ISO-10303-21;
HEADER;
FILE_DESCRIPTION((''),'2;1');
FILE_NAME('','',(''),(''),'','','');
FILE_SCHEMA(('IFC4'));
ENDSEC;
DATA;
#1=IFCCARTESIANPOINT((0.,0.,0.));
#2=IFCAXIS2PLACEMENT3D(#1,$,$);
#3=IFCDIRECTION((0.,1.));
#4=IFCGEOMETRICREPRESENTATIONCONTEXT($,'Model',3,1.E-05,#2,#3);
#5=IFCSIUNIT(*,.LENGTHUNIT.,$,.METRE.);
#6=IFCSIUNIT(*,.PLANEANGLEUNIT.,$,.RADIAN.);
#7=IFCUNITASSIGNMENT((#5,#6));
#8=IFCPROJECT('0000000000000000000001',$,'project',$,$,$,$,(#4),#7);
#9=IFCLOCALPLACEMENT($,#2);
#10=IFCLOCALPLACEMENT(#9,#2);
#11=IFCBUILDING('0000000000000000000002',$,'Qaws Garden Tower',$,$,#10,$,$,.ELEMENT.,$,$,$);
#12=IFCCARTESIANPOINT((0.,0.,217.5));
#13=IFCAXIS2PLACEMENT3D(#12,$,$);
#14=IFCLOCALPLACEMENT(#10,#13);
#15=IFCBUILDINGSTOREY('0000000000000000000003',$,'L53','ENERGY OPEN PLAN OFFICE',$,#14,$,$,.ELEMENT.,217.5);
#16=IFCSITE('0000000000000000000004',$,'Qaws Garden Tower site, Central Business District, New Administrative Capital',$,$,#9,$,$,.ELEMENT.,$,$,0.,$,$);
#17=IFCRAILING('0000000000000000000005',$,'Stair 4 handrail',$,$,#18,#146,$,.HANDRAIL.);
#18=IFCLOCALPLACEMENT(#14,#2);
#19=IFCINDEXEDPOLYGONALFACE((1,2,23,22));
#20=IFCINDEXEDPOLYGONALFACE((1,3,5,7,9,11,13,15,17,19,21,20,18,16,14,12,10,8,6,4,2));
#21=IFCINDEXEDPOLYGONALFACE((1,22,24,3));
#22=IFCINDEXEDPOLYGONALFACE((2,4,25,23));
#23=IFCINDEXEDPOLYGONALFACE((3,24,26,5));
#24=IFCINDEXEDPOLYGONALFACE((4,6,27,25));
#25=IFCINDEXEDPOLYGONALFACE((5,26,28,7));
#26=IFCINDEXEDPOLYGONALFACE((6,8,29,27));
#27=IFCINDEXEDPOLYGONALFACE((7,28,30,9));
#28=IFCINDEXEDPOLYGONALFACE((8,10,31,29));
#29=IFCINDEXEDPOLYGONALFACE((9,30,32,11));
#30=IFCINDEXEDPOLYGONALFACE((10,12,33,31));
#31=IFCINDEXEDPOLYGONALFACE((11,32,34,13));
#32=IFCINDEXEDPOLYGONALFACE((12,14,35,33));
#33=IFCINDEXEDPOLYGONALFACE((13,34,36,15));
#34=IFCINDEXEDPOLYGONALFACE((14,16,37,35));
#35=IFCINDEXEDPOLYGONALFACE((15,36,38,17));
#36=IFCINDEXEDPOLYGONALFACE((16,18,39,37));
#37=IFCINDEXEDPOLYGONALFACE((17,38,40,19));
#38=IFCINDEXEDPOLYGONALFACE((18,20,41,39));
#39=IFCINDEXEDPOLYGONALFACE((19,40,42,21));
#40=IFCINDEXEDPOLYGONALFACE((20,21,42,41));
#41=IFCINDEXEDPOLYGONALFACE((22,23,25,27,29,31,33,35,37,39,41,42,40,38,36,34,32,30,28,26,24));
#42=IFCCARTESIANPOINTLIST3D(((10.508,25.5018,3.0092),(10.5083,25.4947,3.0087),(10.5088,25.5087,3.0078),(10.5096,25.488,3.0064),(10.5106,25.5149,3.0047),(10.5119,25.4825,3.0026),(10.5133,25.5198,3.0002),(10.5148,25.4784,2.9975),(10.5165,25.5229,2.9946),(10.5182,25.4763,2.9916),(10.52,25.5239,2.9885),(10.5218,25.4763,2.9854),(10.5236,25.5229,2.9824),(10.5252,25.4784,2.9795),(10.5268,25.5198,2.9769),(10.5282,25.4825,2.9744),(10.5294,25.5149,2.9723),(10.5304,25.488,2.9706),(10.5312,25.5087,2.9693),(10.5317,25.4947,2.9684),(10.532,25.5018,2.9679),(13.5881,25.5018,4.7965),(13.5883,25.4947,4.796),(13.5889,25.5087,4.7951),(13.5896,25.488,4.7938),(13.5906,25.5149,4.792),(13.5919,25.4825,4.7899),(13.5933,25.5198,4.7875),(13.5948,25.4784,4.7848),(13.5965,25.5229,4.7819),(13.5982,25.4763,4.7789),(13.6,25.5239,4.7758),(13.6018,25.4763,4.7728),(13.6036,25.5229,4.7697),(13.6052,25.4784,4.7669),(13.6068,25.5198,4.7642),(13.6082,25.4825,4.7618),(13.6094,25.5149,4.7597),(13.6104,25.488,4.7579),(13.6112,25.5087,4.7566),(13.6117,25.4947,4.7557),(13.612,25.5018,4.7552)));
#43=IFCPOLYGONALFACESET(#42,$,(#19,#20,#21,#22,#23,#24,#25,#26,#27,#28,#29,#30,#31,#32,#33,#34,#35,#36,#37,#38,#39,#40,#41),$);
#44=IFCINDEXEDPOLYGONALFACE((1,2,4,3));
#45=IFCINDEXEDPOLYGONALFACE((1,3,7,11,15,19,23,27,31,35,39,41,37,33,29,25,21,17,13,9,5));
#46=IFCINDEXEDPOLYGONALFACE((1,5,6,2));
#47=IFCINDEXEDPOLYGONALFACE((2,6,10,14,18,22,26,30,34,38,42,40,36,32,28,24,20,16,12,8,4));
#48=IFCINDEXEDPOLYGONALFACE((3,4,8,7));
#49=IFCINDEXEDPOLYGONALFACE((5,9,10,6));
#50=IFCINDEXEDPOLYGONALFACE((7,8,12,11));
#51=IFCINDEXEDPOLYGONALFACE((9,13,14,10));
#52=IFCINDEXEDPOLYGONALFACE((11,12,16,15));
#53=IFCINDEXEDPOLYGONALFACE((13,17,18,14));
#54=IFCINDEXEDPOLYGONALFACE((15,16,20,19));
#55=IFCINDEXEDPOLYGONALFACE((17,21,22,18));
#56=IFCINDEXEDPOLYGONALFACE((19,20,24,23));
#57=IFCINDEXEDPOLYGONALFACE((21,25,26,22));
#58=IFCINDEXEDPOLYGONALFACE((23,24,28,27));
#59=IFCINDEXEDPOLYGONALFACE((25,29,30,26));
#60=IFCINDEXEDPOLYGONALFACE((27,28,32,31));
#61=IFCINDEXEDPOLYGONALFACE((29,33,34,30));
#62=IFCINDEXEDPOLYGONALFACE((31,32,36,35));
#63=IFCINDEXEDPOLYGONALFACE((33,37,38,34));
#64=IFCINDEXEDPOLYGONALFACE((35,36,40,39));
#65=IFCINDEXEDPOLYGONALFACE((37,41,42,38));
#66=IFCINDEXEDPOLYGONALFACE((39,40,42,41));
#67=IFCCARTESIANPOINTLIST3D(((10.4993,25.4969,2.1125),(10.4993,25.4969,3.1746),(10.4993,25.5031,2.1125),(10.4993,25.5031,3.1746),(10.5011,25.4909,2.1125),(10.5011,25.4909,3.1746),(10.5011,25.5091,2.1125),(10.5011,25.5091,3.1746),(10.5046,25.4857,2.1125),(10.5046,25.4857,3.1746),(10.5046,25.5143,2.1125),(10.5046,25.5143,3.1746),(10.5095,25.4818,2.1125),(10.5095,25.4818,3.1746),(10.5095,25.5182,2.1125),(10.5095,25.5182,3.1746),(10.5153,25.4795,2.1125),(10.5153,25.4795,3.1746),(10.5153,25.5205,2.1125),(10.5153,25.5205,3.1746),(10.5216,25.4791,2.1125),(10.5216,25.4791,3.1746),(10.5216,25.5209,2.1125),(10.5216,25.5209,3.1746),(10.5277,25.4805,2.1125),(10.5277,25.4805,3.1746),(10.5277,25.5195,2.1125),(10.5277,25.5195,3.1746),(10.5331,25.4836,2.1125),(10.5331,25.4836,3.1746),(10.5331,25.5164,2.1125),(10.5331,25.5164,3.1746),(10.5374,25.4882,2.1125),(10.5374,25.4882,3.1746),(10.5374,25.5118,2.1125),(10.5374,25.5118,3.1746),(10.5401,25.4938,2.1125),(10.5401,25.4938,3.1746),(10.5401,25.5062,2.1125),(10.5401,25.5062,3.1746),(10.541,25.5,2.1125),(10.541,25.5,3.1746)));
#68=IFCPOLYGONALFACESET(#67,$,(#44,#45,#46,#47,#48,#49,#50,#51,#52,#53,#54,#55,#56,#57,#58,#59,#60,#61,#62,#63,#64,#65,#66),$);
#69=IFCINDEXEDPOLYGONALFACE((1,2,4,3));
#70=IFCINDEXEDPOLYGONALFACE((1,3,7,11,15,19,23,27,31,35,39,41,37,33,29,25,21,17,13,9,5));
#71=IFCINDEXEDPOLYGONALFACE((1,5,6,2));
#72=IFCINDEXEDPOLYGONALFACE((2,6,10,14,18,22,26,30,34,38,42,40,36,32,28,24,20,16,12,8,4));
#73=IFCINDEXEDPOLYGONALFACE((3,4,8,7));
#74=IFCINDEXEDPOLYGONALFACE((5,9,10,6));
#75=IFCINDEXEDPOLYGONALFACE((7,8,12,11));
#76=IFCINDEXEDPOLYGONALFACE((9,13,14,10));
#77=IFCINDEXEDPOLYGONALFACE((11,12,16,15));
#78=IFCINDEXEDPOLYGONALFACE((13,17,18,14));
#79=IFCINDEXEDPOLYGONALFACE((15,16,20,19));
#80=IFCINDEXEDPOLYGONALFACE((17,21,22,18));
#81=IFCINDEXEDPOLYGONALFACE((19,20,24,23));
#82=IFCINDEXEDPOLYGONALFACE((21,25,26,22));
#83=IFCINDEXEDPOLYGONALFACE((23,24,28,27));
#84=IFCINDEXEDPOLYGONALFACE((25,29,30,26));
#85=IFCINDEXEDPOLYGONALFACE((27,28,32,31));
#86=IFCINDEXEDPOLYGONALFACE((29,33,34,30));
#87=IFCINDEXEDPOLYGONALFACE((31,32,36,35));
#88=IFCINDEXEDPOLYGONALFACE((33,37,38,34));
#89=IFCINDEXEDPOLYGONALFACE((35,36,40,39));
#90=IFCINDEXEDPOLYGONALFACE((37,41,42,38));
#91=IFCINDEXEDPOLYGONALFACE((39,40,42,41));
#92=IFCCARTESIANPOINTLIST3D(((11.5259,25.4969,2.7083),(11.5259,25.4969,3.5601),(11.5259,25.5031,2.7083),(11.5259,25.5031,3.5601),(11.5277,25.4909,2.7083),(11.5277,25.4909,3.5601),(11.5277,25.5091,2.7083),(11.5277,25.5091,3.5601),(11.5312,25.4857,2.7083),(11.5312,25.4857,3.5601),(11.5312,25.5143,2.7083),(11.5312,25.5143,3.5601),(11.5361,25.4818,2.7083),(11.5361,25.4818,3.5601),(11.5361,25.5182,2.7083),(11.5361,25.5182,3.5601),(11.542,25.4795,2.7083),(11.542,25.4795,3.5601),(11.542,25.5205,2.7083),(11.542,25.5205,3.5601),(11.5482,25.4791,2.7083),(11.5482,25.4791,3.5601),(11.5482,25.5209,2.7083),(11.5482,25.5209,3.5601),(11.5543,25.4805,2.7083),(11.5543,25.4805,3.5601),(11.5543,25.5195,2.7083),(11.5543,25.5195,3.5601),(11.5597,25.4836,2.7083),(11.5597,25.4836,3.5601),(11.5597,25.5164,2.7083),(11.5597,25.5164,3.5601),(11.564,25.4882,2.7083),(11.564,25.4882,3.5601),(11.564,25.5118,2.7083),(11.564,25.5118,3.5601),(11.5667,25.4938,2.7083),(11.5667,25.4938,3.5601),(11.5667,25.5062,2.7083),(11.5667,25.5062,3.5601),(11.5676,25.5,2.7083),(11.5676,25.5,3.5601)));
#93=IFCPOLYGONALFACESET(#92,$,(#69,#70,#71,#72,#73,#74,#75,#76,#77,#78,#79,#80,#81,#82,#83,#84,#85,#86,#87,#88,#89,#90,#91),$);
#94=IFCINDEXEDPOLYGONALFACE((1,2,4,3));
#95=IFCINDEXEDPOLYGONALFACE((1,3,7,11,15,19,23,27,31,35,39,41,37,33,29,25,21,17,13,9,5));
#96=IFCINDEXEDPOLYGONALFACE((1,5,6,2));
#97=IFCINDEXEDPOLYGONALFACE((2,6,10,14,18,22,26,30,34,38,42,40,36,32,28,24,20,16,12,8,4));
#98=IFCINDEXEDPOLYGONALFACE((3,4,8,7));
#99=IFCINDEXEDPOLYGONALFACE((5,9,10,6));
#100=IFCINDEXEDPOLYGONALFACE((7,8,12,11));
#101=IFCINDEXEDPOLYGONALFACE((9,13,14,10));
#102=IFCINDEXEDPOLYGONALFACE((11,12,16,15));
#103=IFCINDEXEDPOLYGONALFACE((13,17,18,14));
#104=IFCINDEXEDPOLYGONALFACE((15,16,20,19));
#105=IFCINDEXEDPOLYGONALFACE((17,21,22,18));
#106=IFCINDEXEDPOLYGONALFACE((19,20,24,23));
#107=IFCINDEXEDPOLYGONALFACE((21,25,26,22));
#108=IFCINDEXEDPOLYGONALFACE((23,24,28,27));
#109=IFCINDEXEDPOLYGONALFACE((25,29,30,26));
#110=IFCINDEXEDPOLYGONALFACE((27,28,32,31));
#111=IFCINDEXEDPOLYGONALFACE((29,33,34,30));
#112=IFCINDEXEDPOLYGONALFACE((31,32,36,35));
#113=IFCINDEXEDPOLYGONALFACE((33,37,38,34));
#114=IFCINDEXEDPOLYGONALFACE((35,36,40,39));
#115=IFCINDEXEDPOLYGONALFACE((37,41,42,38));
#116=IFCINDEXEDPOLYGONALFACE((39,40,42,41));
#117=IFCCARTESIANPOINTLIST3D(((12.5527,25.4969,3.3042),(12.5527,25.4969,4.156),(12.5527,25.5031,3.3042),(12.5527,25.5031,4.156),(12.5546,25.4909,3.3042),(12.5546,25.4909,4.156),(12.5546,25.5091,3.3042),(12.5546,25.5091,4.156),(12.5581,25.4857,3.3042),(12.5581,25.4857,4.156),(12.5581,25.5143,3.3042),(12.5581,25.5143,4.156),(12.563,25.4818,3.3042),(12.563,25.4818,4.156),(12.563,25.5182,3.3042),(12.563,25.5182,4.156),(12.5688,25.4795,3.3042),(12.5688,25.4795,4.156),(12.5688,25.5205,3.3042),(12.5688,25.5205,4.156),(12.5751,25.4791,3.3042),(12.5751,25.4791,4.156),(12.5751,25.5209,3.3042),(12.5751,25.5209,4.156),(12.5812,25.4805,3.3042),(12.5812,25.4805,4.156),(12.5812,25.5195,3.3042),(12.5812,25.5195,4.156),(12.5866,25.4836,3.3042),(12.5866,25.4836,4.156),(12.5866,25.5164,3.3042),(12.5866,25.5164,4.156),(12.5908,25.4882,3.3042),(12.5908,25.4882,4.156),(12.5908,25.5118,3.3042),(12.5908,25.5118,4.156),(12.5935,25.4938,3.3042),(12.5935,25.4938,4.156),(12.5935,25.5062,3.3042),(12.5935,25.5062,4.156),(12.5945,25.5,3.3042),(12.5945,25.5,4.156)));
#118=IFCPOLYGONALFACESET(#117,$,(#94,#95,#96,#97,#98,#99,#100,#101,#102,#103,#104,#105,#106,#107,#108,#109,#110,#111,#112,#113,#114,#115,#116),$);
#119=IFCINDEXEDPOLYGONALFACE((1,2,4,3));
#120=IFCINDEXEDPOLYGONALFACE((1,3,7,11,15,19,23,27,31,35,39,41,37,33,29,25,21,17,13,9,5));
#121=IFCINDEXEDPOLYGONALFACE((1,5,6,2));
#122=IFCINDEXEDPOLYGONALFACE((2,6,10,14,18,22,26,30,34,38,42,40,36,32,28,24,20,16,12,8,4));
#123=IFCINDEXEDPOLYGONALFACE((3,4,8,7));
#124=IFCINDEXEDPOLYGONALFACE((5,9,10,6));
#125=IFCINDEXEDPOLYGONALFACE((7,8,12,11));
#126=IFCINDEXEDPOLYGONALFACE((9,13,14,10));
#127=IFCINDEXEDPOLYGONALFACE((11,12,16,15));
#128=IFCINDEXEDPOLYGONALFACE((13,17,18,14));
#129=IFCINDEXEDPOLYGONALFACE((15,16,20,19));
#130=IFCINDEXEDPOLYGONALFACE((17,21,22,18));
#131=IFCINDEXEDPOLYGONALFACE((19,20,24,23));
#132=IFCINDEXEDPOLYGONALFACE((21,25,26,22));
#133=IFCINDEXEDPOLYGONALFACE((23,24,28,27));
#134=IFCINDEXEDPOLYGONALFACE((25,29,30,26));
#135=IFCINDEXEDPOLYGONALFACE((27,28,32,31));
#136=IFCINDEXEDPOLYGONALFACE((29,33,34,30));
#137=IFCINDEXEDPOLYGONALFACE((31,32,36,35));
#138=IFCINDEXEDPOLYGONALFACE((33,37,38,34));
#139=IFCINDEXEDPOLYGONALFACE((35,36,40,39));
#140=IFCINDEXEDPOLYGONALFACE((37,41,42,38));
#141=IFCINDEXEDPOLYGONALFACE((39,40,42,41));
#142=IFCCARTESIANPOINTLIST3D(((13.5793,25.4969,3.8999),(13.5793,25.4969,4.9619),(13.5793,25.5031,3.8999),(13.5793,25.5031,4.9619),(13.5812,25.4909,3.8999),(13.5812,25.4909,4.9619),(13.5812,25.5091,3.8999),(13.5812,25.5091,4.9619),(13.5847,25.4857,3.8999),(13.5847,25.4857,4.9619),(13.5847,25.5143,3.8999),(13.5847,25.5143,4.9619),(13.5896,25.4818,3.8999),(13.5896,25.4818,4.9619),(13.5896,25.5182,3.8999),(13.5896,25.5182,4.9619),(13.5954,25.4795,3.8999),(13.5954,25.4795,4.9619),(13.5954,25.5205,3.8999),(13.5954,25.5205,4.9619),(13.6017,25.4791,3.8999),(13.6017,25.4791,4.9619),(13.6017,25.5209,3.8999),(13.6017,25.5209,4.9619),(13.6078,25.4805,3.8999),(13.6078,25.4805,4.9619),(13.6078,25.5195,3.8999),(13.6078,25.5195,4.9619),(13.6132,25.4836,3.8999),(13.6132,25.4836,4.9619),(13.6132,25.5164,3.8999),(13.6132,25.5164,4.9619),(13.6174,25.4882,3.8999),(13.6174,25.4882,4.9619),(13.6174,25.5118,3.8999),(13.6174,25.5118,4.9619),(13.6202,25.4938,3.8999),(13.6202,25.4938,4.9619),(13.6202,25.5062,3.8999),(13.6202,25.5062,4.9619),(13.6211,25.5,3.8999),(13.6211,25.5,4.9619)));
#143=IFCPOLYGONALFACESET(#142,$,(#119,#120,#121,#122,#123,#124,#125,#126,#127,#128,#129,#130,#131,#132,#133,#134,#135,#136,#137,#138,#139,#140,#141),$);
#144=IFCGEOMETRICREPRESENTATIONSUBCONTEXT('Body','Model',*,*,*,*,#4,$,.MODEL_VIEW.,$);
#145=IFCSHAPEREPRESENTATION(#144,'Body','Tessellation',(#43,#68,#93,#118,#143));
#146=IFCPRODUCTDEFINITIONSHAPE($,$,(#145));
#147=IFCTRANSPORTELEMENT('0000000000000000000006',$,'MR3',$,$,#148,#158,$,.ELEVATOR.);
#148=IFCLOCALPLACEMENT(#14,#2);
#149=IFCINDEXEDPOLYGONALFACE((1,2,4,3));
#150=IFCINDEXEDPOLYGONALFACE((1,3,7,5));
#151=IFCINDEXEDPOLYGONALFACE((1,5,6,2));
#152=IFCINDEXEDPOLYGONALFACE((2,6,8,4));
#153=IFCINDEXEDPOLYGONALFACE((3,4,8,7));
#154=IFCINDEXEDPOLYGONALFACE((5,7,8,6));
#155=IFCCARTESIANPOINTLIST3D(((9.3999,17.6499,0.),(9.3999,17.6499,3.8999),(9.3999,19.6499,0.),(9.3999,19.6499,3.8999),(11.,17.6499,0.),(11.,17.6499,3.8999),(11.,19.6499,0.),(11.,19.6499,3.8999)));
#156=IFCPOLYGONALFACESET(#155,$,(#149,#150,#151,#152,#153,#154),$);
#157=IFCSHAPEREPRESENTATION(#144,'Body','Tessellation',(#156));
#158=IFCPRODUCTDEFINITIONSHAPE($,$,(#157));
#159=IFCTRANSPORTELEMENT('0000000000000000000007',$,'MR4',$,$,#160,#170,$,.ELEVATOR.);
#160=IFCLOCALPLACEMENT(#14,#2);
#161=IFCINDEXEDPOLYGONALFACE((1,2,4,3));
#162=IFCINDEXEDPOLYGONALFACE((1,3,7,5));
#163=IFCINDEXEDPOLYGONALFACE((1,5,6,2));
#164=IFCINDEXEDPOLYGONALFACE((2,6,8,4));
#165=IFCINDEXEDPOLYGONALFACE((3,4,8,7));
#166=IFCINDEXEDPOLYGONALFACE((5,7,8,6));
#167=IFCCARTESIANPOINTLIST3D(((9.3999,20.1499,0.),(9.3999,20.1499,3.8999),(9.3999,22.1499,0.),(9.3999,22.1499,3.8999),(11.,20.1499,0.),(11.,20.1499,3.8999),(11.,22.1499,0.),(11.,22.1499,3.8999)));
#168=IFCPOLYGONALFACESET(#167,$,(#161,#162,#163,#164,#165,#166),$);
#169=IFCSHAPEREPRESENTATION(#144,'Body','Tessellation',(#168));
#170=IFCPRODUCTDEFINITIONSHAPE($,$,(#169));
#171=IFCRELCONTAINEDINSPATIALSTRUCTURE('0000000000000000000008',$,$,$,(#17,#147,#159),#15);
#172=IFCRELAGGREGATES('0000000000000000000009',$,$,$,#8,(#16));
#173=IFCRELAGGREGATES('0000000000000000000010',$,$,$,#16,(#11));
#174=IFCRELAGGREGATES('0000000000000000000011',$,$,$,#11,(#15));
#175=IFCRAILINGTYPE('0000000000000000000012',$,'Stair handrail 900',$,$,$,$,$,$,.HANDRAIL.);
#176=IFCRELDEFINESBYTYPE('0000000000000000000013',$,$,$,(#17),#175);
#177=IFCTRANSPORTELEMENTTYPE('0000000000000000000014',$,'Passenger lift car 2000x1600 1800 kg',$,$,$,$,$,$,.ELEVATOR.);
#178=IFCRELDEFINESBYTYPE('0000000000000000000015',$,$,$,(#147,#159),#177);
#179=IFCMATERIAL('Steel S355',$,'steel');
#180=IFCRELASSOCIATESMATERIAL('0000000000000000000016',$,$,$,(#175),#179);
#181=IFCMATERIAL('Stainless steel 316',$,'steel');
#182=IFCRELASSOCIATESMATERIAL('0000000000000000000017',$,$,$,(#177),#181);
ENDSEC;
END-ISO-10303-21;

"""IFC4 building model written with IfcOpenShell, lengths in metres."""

from ifc_helpers import new_model, si_unit, direction, frame, origin, origin_2d, place, context, subcontext, project, spatial, rectangle, circle, extrude, material, type_object, element, save


model = new_model("IFC4")

# Units and contexts
model_context = context("Model", 3, precision=1e-05, world=origin(), true_north=direction((0.0, 1.0)))
body_context = subcontext(model_context, "Body", "Model", "MODEL_VIEW")
ifc_project = project(units=[si_unit("LENGTHUNIT", "METRE"), si_unit("PLANEANGLEUNIT", "RADIAN")], contexts=[model_context])

# Site, building, storey
site_placement = place(None, origin())
site = spatial("IfcSite", under=ifc_project, at=site_placement, Name="Qaws Garden Tower site, Central Business District, New Administrative Capital", CompositionType="ELEMENT", RefElevation=0.0)
building_placement = place(site_placement, origin())
building = spatial("IfcBuilding", under=site, at=building_placement, Name="Qaws Garden Tower", CompositionType="ELEMENT")
storey_placement = place(building_placement, frame((0.0, 0.0, 217.5)))
storey = spatial("IfcBuildingStorey", under=building, at=storey_placement, Name="L53", Description="ENERGY OPEN PLAN OFFICE", CompositionType="ELEMENT", Elevation=217.5)

# Railing
ifc_material_1 = material(Name="Steel S355", Category="steel")
railing_type = type_object("IfcRailingType", Name="Stair handrail 900", PredefinedType="HANDRAIL", material=ifc_material_1)
railing_placement = place(storey_placement, frame((10.52, 25.5, 2.1125)))
element("IfcRailing", 1, at=railing_placement, inside=storey, type_object=railing_type, Name="Stair 4 handrail", PredefinedType="HANDRAIL", context=body_context, shape_type="SweptSolid", body=[
    extrude(circle(Radius=0.0239, at=origin_2d()), frame((0.0, 0.0, 0.876), z_axis=(0.86492, 0.0, 0.501909), x_axis=(0.0, 1.0, 0.0)), (0.0, 0.0, 1.0), 3.561),
    extrude(circle(Radius=0.021, at=origin_2d()), origin(), (0.0, 0.0, 1.0), 1.062),
    extrude(circle(Radius=0.021, at=origin_2d()), frame((1.0266, 0.0, 0.5957)), (0.0, 0.0, 1.0), 0.8518),
    extrude(circle(Radius=0.021, at=origin_2d()), frame((2.0535, 0.0, 1.1917)), (0.0, 0.0, 1.0), 0.8518),
    extrude(circle(Radius=0.021, at=origin_2d()), frame((3.0801, 0.0, 1.7874)), (0.0, 0.0, 1.0), 1.062),
])

# Transport elements
ifc_material_2 = material(Name="Stainless steel 316", Category="steel")
transport_element_type = type_object("IfcTransportElementType", Name="Passenger lift car 2000x1600 1800 kg", PredefinedType="ELEVATOR", material=ifc_material_2)
for number, where, z_axis, x_axis, name in (
    (2, (10.2, 18.6499, 0.0), (0.0, 0.0, 1.0), (1.0, 0.0, 0.0), "MR3"),
    (3, (10.2, 21.1499, 0.0), (0.0, 0.0, 1.0), (1.0, 0.0, 0.0), "MR4"),
):
    element("IfcTransportElement", number, at=place(storey_placement, frame(where, z_axis=z_axis, x_axis=x_axis)), inside=storey, type_object=transport_element_type, Name=name, PredefinedType="ELEVATOR", context=body_context, shape_type="SweptSolid", body=[
        extrude(rectangle(XDim=1.6001, YDim=2.0, at=origin_2d()), origin(), (0.0, 0.0, 1.0), 3.8999),
    ])

save(model, "model.ifc")
